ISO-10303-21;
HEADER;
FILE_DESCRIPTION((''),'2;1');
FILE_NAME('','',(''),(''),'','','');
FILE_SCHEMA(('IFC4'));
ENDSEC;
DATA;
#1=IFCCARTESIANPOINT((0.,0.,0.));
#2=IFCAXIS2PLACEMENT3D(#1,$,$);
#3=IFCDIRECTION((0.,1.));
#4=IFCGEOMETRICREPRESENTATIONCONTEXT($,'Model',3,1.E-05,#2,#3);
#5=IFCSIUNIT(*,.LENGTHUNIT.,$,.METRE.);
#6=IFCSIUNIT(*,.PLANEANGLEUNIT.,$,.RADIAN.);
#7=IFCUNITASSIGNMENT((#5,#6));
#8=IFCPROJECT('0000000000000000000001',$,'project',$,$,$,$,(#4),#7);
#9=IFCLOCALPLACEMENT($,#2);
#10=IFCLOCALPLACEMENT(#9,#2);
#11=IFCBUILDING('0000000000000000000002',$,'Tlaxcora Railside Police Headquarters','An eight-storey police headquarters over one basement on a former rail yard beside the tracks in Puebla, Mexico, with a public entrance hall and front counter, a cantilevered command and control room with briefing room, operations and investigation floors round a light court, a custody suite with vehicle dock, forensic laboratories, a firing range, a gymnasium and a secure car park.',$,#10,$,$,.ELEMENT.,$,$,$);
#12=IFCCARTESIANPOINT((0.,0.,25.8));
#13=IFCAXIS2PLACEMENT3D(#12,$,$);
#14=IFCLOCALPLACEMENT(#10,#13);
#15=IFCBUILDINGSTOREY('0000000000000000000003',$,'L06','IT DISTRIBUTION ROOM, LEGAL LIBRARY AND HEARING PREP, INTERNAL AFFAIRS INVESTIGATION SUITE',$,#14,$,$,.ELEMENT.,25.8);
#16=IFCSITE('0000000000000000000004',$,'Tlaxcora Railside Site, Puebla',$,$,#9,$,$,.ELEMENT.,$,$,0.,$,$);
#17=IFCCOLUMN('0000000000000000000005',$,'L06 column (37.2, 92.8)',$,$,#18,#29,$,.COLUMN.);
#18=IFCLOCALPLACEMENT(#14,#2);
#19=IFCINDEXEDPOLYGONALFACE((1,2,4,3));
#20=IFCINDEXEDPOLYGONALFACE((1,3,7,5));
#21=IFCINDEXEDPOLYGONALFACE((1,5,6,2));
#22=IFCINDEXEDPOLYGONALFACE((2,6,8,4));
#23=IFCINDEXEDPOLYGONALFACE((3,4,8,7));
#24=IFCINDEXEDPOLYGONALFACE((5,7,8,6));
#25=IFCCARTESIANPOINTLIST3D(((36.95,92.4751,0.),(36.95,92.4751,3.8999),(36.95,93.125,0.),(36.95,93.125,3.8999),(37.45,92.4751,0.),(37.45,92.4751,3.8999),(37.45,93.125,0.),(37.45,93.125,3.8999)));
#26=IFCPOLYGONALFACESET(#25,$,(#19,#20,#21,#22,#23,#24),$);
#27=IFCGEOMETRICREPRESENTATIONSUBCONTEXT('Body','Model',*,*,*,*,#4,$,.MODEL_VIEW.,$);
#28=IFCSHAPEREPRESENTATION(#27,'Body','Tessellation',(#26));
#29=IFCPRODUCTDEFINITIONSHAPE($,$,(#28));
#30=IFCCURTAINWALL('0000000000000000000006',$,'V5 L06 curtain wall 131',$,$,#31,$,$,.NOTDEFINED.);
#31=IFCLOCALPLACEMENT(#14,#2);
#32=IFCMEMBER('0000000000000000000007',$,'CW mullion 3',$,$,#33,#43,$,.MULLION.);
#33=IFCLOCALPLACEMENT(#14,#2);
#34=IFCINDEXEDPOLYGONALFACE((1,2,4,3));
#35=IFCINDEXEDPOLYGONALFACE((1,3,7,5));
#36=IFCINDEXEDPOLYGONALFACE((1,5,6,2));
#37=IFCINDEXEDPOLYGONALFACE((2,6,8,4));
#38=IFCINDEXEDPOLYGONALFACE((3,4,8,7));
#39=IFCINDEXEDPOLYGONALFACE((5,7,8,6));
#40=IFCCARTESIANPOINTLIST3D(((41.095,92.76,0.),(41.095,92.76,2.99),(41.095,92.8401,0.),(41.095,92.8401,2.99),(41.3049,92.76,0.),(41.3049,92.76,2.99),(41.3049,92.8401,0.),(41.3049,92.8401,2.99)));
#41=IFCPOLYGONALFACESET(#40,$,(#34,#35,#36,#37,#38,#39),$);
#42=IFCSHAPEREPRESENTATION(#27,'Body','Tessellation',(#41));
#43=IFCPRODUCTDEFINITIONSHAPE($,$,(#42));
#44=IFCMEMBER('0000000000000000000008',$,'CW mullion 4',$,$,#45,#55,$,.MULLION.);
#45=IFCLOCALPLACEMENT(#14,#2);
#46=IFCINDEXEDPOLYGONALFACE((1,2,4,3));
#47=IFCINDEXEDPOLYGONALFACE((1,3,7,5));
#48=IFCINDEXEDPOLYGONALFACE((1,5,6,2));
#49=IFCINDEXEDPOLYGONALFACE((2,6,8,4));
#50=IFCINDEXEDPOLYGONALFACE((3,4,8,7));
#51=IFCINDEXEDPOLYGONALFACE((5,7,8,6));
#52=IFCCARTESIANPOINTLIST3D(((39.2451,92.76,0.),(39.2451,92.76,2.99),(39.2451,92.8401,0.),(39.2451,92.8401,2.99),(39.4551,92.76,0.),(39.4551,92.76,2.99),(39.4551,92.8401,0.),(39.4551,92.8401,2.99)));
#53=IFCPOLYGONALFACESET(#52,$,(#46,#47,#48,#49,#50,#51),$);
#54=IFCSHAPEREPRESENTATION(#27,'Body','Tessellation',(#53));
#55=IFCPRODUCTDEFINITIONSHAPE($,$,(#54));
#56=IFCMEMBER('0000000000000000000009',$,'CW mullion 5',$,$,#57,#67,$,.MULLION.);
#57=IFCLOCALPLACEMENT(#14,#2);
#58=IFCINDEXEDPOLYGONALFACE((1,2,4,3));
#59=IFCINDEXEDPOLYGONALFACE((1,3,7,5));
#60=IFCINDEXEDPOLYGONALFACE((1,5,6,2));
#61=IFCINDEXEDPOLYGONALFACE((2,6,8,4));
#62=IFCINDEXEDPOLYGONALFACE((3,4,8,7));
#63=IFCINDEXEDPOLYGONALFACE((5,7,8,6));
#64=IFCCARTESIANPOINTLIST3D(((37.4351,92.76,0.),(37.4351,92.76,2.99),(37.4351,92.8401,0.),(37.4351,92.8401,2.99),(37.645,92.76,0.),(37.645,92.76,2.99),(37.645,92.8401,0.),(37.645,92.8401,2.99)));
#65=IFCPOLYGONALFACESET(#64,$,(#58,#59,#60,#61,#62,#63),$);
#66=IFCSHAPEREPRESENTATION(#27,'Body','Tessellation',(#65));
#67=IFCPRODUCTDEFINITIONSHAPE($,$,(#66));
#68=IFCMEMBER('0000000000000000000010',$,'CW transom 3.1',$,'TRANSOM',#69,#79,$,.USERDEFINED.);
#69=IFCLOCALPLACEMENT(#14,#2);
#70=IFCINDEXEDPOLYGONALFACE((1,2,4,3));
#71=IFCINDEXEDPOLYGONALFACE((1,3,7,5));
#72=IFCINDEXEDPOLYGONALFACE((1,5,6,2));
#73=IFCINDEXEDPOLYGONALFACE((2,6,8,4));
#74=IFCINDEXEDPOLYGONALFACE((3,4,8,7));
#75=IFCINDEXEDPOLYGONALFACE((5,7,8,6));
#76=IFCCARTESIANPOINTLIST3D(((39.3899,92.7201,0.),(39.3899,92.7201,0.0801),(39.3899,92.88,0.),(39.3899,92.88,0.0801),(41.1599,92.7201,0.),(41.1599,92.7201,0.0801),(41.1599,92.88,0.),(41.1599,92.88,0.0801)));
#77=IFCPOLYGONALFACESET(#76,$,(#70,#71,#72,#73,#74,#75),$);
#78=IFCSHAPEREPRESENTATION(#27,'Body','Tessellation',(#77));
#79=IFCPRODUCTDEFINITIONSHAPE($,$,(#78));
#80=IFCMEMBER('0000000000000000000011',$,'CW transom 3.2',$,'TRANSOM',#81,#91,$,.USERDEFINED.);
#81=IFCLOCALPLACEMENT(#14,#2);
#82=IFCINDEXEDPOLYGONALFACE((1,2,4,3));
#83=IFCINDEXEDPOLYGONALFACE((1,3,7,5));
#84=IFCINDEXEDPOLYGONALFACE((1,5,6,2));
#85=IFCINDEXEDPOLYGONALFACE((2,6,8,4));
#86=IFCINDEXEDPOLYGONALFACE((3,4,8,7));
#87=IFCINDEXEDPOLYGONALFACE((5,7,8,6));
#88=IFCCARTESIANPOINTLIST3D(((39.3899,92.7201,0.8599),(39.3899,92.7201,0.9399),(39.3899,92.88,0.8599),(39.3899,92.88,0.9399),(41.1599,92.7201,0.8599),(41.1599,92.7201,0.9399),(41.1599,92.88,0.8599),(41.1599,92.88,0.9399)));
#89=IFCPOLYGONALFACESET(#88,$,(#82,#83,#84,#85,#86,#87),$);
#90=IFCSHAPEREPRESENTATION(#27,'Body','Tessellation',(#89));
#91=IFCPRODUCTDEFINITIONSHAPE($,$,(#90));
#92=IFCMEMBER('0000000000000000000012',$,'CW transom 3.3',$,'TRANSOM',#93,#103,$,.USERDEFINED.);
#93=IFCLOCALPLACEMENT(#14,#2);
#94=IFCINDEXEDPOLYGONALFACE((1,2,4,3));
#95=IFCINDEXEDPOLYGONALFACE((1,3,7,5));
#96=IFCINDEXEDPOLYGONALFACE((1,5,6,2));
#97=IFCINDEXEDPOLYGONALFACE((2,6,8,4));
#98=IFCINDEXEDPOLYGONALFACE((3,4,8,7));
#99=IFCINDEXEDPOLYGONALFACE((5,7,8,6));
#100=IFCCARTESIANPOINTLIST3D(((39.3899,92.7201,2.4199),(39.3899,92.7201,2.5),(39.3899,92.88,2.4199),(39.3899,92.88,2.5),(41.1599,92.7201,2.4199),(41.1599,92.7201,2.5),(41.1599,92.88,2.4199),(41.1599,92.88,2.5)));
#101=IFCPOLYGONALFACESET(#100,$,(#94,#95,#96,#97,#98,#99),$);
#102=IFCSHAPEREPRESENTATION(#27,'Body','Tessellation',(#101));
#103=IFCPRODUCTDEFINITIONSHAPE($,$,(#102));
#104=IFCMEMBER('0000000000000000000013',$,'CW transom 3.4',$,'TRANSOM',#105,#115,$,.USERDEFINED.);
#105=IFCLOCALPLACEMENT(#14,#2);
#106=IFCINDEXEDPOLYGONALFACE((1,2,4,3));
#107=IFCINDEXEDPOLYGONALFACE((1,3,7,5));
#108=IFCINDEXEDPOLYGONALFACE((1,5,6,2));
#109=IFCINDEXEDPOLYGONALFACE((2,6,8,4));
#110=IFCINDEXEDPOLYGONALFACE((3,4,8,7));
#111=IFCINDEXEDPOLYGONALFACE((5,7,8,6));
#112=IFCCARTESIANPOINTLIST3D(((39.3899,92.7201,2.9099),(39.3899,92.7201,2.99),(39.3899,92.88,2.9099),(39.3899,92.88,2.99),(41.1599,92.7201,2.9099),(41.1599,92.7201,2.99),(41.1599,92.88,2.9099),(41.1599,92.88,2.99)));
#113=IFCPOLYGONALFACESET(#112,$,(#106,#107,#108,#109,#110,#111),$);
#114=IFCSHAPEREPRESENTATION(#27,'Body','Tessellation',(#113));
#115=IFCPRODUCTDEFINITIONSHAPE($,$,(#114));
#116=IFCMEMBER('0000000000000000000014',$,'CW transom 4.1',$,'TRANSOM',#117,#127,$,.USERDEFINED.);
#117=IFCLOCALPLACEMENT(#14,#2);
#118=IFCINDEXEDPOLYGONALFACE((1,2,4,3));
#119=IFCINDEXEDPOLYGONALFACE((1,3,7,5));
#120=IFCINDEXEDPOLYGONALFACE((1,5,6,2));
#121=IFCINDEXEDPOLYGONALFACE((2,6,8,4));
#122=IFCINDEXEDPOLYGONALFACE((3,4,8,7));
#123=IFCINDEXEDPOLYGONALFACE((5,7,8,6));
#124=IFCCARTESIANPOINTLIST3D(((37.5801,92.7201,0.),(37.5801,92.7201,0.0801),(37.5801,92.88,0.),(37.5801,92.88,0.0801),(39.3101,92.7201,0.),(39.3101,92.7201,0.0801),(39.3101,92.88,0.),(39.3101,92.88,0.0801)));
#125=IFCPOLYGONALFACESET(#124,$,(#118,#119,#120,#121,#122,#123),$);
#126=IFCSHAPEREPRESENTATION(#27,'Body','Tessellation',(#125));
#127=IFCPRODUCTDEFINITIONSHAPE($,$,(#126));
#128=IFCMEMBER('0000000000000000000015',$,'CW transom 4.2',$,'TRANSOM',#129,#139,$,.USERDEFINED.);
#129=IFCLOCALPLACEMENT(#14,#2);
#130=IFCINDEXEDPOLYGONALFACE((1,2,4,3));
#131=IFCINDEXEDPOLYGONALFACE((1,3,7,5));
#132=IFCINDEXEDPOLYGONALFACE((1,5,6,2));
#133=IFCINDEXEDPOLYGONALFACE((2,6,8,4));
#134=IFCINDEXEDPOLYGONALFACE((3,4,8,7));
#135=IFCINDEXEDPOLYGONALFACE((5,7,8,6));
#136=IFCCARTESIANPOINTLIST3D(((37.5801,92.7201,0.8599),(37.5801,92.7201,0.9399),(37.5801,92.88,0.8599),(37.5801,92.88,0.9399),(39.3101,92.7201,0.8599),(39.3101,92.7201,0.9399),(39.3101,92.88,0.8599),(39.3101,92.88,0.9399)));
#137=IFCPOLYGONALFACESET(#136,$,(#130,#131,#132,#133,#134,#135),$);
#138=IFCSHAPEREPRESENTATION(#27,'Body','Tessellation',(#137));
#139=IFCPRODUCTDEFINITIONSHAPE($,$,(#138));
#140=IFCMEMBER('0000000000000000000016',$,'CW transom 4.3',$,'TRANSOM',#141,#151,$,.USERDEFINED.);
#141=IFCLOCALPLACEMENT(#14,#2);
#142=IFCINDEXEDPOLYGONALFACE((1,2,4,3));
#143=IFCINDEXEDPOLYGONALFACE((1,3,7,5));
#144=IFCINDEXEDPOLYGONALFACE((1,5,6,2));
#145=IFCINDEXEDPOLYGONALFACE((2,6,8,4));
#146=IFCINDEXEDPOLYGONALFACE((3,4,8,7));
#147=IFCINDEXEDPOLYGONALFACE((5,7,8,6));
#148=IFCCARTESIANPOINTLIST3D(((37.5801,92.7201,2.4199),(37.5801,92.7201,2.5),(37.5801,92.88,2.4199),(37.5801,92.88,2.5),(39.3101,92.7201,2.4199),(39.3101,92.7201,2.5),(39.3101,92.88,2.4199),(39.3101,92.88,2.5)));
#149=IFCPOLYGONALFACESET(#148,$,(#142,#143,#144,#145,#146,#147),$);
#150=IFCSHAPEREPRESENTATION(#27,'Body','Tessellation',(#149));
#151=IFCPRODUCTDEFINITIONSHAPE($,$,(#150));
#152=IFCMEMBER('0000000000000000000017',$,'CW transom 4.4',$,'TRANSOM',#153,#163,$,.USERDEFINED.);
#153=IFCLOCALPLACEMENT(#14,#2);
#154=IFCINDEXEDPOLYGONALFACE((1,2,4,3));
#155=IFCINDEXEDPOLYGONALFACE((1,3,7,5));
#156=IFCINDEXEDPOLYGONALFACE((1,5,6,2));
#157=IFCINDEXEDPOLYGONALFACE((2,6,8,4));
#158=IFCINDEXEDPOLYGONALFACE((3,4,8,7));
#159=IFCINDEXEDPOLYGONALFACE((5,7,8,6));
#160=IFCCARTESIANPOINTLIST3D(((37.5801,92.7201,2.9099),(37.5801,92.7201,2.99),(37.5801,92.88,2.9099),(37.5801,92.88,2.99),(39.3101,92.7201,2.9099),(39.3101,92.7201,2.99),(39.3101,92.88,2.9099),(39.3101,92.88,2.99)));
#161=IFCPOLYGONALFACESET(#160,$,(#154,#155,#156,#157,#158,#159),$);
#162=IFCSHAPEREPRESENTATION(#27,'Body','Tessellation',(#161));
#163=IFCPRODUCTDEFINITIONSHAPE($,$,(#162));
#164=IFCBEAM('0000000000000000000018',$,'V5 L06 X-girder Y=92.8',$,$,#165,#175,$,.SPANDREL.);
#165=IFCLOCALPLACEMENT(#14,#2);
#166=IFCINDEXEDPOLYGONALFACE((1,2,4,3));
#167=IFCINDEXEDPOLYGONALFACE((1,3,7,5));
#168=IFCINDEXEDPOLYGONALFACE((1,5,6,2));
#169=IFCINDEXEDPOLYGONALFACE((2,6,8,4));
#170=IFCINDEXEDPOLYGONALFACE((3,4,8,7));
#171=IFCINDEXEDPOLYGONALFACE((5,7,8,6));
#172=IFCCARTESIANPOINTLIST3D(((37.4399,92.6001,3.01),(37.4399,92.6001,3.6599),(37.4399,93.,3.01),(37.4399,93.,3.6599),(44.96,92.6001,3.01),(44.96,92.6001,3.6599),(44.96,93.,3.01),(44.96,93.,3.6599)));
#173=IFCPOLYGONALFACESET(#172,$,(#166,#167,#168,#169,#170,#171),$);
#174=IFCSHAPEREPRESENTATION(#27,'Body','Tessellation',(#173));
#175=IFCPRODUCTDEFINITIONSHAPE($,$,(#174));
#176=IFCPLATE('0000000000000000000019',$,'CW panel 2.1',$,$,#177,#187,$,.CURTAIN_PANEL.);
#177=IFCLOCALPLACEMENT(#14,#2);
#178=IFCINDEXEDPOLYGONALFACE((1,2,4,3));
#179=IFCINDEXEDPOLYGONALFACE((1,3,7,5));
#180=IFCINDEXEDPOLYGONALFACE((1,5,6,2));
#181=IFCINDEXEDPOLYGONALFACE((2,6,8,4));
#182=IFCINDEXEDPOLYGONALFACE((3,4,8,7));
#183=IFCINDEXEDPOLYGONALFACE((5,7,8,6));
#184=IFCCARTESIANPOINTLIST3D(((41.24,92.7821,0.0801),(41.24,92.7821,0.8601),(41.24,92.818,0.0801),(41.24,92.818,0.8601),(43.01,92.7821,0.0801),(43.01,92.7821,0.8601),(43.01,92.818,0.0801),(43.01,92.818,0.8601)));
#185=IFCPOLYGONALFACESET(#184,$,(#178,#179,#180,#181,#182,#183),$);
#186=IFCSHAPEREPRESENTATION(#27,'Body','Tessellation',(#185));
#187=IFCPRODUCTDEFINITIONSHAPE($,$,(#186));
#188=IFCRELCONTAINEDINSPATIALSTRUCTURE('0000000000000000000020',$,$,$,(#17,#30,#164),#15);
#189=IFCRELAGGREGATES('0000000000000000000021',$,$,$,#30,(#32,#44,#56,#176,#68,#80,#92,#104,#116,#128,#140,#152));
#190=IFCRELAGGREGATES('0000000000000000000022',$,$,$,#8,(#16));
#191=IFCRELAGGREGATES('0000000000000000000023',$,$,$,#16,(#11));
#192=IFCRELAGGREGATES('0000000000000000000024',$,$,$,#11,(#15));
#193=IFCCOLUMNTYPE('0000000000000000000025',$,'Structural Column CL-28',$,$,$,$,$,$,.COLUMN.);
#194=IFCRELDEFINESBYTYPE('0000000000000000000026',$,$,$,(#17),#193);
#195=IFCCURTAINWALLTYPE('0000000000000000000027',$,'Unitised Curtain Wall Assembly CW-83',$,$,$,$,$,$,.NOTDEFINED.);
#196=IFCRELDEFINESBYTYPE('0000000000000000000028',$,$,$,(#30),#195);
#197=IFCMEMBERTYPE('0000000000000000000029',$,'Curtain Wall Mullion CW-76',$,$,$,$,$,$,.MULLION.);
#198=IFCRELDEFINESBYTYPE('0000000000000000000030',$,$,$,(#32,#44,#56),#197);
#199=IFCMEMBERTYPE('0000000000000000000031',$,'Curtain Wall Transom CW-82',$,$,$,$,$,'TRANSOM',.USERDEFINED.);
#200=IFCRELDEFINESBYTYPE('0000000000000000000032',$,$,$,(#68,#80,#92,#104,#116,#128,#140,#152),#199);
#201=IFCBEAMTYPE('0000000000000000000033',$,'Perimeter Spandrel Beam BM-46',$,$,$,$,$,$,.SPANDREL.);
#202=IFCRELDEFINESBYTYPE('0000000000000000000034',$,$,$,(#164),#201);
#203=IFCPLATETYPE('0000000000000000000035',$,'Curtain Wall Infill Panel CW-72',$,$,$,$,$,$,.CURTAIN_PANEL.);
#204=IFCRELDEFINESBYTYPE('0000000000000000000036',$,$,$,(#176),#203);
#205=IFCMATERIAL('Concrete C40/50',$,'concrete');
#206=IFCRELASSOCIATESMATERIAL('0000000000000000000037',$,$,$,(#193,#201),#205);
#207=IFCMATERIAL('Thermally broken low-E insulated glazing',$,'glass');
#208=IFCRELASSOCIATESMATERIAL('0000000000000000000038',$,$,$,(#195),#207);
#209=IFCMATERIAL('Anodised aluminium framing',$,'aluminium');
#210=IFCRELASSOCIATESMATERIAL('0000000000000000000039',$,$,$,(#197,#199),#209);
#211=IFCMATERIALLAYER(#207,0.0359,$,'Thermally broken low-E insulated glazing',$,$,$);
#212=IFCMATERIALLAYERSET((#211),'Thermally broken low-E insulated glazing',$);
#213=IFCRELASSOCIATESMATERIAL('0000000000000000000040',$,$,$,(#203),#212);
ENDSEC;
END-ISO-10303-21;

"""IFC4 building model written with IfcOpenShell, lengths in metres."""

from ifc_helpers import new_model, si_unit, direction, frame, origin, origin_2d, place, context, subcontext, project, spatial, rectangle, extrude, material, layer, layer_set, material_profile, profile_set, type_object, element, aggregate, save


model = new_model("IFC4")

# Units and contexts
model_context = context("Model", 3, precision=1e-05, world=origin(), true_north=direction((0.0, 1.0)))
body_context = subcontext(model_context, "Body", "Model", "MODEL_VIEW")
ifc_project = project(units=[si_unit("LENGTHUNIT", "METRE"), si_unit("PLANEANGLEUNIT", "RADIAN")], contexts=[model_context])

# Site, building, storey
site_placement = place(None, origin())
site = spatial("IfcSite", under=ifc_project, at=site_placement, Name="Tlaxcora Railside Site, Puebla", CompositionType="ELEMENT", RefElevation=0.0)
building_placement = place(site_placement, origin())
building = spatial("IfcBuilding", under=site, at=building_placement, Name="Tlaxcora Railside Police Headquarters", Description="An eight-storey police headquarters over one basement on a former rail yard beside the tracks in Puebla, Mexico, with a public entrance hall and front counter, a cantilevered command and control room with briefing room, operations and investigation floors round a light court, a custody suite with vehicle dock, forensic laboratories, a firing range, a gymnasium and a secure car park.", CompositionType="ELEMENT")
storey_placement = place(building_placement, frame((0.0, 0.0, 25.8)))
storey = spatial("IfcBuildingStorey", under=building, at=storey_placement, Name="L06", Description="IT DISTRIBUTION ROOM, LEGAL LIBRARY AND HEARING PREP, INTERNAL AFFAIRS INVESTIGATION SUITE", CompositionType="ELEMENT", Elevation=25.8)

# Column
ifc_material_1 = material(Name="Concrete C40/50", Category="concrete")
ifc_material_profile_1 = material_profile(ifc_material_1, rectangle(XDim=0.5, YDim=0.6499, at=origin_2d()), Name="RC500X650")
ifc_profile_set_1 = profile_set([ifc_material_profile_1], Name="Concrete C40/50")
column_type = type_object("IfcColumnType", Name="Structural Column CL-28", PredefinedType="COLUMN", material=ifc_profile_set_1)
column_placement = place(storey_placement, frame((37.2, 92.8, 0.0), z_axis=(0.0, 0.0, 1.0), x_axis=(1.0, 0.0, 0.0)))
element("IfcColumn", 1, at=column_placement, inside=storey, type_object=column_type, Name="L06 column (37.2, 92.8)", PredefinedType="COLUMN", context=body_context, shape_type="SweptSolid", body=[
    extrude(rectangle(XDim=0.5, YDim=0.6499, at=origin_2d()), origin(), (0.0, 0.0, 1.0), 3.8999),
])

# Curtain wall, members
ifc_material_2 = material(Name="Thermally broken low-E insulated glazing", Category="glass")
curtain_wall_type = type_object("IfcCurtainWallType", Name="Unitised Curtain Wall Assembly CW-83", PredefinedType="NOTDEFINED", material=ifc_material_2)
curtain_wall_placement = place(storey_placement, origin())
curtain_wall = element("IfcCurtainWall", 2, at=curtain_wall_placement, inside=storey, type_object=curtain_wall_type, Name="V5 L06 curtain wall 131", PredefinedType="NOTDEFINED")
ifc_material_3 = material(Name="Anodised aluminium framing", Category="aluminium")
ifc_material_profile_2 = material_profile(ifc_material_3, rectangle(XDim=0.0801, YDim=0.21, at=origin_2d()), Name="AL80X210")
ifc_profile_set_2 = profile_set([ifc_material_profile_2], Name="Anodised aluminium framing")
member_type_1 = type_object("IfcMemberType", Name="Curtain Wall Mullion CW-76", PredefinedType="MULLION", material=ifc_profile_set_2)
member_1_placement = place(storey_placement, frame((41.2, 92.8, 0.0), z_axis=(0.0, 0.0, 1.0), x_axis=(0.0, -1.0, 0.0)))
member_1 = element("IfcMember", 3, at=member_1_placement, type_object=member_type_1, Name="CW mullion 3", PredefinedType="MULLION", context=body_context, shape_type="SweptSolid", body=[
    extrude(rectangle(XDim=0.0801, YDim=0.21, at=origin_2d()), origin(), (0.0, 0.0, 1.0), 2.99),
])
member_2_placement = place(storey_placement, frame((39.3501, 92.8, 0.0), z_axis=(0.0, 0.0, 1.0), x_axis=(0.0, -1.0, 0.0)))
member_2 = element("IfcMember", 4, at=member_2_placement, type_object=member_type_1, Name="CW mullion 4", PredefinedType="MULLION", context=body_context, shape_type="SweptSolid", body=[
    extrude(rectangle(XDim=0.0801, YDim=0.21, at=origin_2d()), origin(), (0.0, 0.0, 1.0), 2.99),
])
member_3_placement = place(storey_placement, frame((37.54, 92.8, 0.0), z_axis=(0.0, 0.0, 1.0), x_axis=(0.0, -1.0, 0.0)))
member_3 = element("IfcMember", 5, at=member_3_placement, type_object=member_type_1, Name="CW mullion 5", PredefinedType="MULLION", context=body_context, shape_type="SweptSolid", body=[
    extrude(rectangle(XDim=0.0801, YDim=0.21, at=origin_2d()), origin(), (0.0, 0.0, 1.0), 2.99),
])
ifc_material_profile_3 = material_profile(ifc_material_3, rectangle(XDim=0.1599, YDim=0.0801, at=origin_2d()), Name="AL80X160")
ifc_profile_set_3 = profile_set([ifc_material_profile_3], Name="Anodised aluminium framing")
member_type_2 = type_object("IfcMemberType", Name="Curtain Wall Transom CW-82", ElementType="TRANSOM", PredefinedType="USERDEFINED", material=ifc_profile_set_3)
member_4_placement = place(storey_placement, frame((41.1599, 92.8, 0.04), z_axis=(-1.0, 0.0, 0.0), x_axis=(0.0, -1.0, 0.0)))
member_4 = element("IfcMember", 6, at=member_4_placement, type_object=member_type_2, Name="CW transom 3.1", ObjectType="TRANSOM", PredefinedType="USERDEFINED", context=body_context, shape_type="SweptSolid", body=[
    extrude(rectangle(XDim=0.1599, YDim=0.0801, at=origin_2d()), origin(), (0.0, 0.0, 1.0), 1.77),
])
member_5_placement = place(storey_placement, frame((41.1599, 92.8, 0.8999), z_axis=(-1.0, 0.0, 0.0), x_axis=(0.0, -1.0, 0.0)))
member_5 = element("IfcMember", 7, at=member_5_placement, type_object=member_type_2, Name="CW transom 3.2", ObjectType="TRANSOM", PredefinedType="USERDEFINED", context=body_context, shape_type="SweptSolid", body=[
    extrude(rectangle(XDim=0.1599, YDim=0.0801, at=origin_2d()), origin(), (0.0, 0.0, 1.0), 1.77),
])
member_6_placement = place(storey_placement, frame((41.1599, 92.8, 2.46), z_axis=(-1.0, 0.0, 0.0), x_axis=(0.0, -1.0, 0.0)))
member_6 = element("IfcMember", 8, at=member_6_placement, type_object=member_type_2, Name="CW transom 3.3", ObjectType="TRANSOM", PredefinedType="USERDEFINED", context=body_context, shape_type="SweptSolid", body=[
    extrude(rectangle(XDim=0.1599, YDim=0.0801, at=origin_2d()), origin(), (0.0, 0.0, 1.0), 1.77),
])
member_7_placement = place(storey_placement, frame((41.1599, 92.8, 2.95), z_axis=(-1.0, 0.0, 0.0), x_axis=(0.0, -1.0, 0.0)))
member_7 = element("IfcMember", 9, at=member_7_placement, type_object=member_type_2, Name="CW transom 3.4", ObjectType="TRANSOM", PredefinedType="USERDEFINED", context=body_context, shape_type="SweptSolid", body=[
    extrude(rectangle(XDim=0.1599, YDim=0.0801, at=origin_2d()), origin(), (0.0, 0.0, 1.0), 1.77),
])
member_8_placement = place(storey_placement, frame((39.3101, 92.8, 0.04), z_axis=(-1.0, 0.0, 0.0), x_axis=(0.0, -1.0, 0.0)))
member_8 = element("IfcMember", 10, at=member_8_placement, type_object=member_type_2, Name="CW transom 4.1", ObjectType="TRANSOM", PredefinedType="USERDEFINED", context=body_context, shape_type="SweptSolid", body=[
    extrude(rectangle(XDim=0.1599, YDim=0.0801, at=origin_2d()), origin(), (0.0, 0.0, 1.0), 1.73),
])
member_9_placement = place(storey_placement, frame((39.3101, 92.8, 0.8999), z_axis=(-1.0, 0.0, 0.0), x_axis=(0.0, -1.0, 0.0)))
member_9 = element("IfcMember", 11, at=member_9_placement, type_object=member_type_2, Name="CW transom 4.2", ObjectType="TRANSOM", PredefinedType="USERDEFINED", context=body_context, shape_type="SweptSolid", body=[
    extrude(rectangle(XDim=0.1599, YDim=0.0801, at=origin_2d()), origin(), (0.0, 0.0, 1.0), 1.73),
])
member_10_placement = place(storey_placement, frame((39.3101, 92.8, 2.46), z_axis=(-1.0, 0.0, 0.0), x_axis=(0.0, -1.0, 0.0)))
member_10 = element("IfcMember", 12, at=member_10_placement, type_object=member_type_2, Name="CW transom 4.3", ObjectType="TRANSOM", PredefinedType="USERDEFINED", context=body_context, shape_type="SweptSolid", body=[
    extrude(rectangle(XDim=0.1599, YDim=0.0801, at=origin_2d()), origin(), (0.0, 0.0, 1.0), 1.73),
])
member_11_placement = place(storey_placement, frame((39.3101, 92.8, 2.95), z_axis=(-1.0, 0.0, 0.0), x_axis=(0.0, -1.0, 0.0)))
member_11 = element("IfcMember", 13, at=member_11_placement, type_object=member_type_2, Name="CW transom 4.4", ObjectType="TRANSOM", PredefinedType="USERDEFINED", context=body_context, shape_type="SweptSolid", body=[
    extrude(rectangle(XDim=0.1599, YDim=0.0801, at=origin_2d()), origin(), (0.0, 0.0, 1.0), 1.73),
])

# Beam
ifc_material_profile_4 = material_profile(ifc_material_1, rectangle(XDim=0.3999, YDim=0.6499, at=origin_2d()), Name="RC400X650")
ifc_profile_set_4 = profile_set([ifc_material_profile_4], Name="Concrete C40/50")
beam_type = type_object("IfcBeamType", Name="Perimeter Spandrel Beam BM-46", PredefinedType="SPANDREL", material=ifc_profile_set_4)
beam_placement = place(storey_placement, frame((37.4399, 92.8, 3.335), z_axis=(1.0, 0.0, 0.0), x_axis=(0.0, 1.0, 0.0)))
element("IfcBeam", 14, at=beam_placement, inside=storey, type_object=beam_type, Name="V5 L06 X-girder Y=92.8", PredefinedType="SPANDREL", context=body_context, shape_type="SweptSolid", body=[
    extrude(rectangle(XDim=0.3999, YDim=0.6499, at=origin_2d()), origin(), (0.0, 0.0, 1.0), 7.52),
])

# Plate
ifc_layer_1 = layer(ifc_material_2, 0.0359, Name="Thermally broken low-E insulated glazing")
ifc_layer_set_1 = layer_set([ifc_layer_1], Name="Thermally broken low-E insulated glazing")
plate_type = type_object("IfcPlateType", Name="Curtain Wall Infill Panel CW-72", PredefinedType="CURTAIN_PANEL", material=ifc_layer_set_1)
plate_1_placement = place(storey_placement, frame((42.125, 92.8, 0.0801), z_axis=(0.0, 0.0, 1.0), x_axis=(-1.0, 0.0, 0.0)))
plate_1 = element("IfcPlate", 15, at=plate_1_placement, type_object=plate_type, Name="CW panel 2.1", PredefinedType="CURTAIN_PANEL", context=body_context, shape_type="SweptSolid", body=[
    extrude(rectangle(XDim=1.77, YDim=0.0359, at=origin_2d()), origin(), (0.0, 0.0, 1.0), 0.78),
])
aggregate(curtain_wall, [member_1, member_2, member_3, plate_1, member_4, member_5, member_6, member_7, member_8, member_9, member_10, member_11])

save(model, "model.ifc")
